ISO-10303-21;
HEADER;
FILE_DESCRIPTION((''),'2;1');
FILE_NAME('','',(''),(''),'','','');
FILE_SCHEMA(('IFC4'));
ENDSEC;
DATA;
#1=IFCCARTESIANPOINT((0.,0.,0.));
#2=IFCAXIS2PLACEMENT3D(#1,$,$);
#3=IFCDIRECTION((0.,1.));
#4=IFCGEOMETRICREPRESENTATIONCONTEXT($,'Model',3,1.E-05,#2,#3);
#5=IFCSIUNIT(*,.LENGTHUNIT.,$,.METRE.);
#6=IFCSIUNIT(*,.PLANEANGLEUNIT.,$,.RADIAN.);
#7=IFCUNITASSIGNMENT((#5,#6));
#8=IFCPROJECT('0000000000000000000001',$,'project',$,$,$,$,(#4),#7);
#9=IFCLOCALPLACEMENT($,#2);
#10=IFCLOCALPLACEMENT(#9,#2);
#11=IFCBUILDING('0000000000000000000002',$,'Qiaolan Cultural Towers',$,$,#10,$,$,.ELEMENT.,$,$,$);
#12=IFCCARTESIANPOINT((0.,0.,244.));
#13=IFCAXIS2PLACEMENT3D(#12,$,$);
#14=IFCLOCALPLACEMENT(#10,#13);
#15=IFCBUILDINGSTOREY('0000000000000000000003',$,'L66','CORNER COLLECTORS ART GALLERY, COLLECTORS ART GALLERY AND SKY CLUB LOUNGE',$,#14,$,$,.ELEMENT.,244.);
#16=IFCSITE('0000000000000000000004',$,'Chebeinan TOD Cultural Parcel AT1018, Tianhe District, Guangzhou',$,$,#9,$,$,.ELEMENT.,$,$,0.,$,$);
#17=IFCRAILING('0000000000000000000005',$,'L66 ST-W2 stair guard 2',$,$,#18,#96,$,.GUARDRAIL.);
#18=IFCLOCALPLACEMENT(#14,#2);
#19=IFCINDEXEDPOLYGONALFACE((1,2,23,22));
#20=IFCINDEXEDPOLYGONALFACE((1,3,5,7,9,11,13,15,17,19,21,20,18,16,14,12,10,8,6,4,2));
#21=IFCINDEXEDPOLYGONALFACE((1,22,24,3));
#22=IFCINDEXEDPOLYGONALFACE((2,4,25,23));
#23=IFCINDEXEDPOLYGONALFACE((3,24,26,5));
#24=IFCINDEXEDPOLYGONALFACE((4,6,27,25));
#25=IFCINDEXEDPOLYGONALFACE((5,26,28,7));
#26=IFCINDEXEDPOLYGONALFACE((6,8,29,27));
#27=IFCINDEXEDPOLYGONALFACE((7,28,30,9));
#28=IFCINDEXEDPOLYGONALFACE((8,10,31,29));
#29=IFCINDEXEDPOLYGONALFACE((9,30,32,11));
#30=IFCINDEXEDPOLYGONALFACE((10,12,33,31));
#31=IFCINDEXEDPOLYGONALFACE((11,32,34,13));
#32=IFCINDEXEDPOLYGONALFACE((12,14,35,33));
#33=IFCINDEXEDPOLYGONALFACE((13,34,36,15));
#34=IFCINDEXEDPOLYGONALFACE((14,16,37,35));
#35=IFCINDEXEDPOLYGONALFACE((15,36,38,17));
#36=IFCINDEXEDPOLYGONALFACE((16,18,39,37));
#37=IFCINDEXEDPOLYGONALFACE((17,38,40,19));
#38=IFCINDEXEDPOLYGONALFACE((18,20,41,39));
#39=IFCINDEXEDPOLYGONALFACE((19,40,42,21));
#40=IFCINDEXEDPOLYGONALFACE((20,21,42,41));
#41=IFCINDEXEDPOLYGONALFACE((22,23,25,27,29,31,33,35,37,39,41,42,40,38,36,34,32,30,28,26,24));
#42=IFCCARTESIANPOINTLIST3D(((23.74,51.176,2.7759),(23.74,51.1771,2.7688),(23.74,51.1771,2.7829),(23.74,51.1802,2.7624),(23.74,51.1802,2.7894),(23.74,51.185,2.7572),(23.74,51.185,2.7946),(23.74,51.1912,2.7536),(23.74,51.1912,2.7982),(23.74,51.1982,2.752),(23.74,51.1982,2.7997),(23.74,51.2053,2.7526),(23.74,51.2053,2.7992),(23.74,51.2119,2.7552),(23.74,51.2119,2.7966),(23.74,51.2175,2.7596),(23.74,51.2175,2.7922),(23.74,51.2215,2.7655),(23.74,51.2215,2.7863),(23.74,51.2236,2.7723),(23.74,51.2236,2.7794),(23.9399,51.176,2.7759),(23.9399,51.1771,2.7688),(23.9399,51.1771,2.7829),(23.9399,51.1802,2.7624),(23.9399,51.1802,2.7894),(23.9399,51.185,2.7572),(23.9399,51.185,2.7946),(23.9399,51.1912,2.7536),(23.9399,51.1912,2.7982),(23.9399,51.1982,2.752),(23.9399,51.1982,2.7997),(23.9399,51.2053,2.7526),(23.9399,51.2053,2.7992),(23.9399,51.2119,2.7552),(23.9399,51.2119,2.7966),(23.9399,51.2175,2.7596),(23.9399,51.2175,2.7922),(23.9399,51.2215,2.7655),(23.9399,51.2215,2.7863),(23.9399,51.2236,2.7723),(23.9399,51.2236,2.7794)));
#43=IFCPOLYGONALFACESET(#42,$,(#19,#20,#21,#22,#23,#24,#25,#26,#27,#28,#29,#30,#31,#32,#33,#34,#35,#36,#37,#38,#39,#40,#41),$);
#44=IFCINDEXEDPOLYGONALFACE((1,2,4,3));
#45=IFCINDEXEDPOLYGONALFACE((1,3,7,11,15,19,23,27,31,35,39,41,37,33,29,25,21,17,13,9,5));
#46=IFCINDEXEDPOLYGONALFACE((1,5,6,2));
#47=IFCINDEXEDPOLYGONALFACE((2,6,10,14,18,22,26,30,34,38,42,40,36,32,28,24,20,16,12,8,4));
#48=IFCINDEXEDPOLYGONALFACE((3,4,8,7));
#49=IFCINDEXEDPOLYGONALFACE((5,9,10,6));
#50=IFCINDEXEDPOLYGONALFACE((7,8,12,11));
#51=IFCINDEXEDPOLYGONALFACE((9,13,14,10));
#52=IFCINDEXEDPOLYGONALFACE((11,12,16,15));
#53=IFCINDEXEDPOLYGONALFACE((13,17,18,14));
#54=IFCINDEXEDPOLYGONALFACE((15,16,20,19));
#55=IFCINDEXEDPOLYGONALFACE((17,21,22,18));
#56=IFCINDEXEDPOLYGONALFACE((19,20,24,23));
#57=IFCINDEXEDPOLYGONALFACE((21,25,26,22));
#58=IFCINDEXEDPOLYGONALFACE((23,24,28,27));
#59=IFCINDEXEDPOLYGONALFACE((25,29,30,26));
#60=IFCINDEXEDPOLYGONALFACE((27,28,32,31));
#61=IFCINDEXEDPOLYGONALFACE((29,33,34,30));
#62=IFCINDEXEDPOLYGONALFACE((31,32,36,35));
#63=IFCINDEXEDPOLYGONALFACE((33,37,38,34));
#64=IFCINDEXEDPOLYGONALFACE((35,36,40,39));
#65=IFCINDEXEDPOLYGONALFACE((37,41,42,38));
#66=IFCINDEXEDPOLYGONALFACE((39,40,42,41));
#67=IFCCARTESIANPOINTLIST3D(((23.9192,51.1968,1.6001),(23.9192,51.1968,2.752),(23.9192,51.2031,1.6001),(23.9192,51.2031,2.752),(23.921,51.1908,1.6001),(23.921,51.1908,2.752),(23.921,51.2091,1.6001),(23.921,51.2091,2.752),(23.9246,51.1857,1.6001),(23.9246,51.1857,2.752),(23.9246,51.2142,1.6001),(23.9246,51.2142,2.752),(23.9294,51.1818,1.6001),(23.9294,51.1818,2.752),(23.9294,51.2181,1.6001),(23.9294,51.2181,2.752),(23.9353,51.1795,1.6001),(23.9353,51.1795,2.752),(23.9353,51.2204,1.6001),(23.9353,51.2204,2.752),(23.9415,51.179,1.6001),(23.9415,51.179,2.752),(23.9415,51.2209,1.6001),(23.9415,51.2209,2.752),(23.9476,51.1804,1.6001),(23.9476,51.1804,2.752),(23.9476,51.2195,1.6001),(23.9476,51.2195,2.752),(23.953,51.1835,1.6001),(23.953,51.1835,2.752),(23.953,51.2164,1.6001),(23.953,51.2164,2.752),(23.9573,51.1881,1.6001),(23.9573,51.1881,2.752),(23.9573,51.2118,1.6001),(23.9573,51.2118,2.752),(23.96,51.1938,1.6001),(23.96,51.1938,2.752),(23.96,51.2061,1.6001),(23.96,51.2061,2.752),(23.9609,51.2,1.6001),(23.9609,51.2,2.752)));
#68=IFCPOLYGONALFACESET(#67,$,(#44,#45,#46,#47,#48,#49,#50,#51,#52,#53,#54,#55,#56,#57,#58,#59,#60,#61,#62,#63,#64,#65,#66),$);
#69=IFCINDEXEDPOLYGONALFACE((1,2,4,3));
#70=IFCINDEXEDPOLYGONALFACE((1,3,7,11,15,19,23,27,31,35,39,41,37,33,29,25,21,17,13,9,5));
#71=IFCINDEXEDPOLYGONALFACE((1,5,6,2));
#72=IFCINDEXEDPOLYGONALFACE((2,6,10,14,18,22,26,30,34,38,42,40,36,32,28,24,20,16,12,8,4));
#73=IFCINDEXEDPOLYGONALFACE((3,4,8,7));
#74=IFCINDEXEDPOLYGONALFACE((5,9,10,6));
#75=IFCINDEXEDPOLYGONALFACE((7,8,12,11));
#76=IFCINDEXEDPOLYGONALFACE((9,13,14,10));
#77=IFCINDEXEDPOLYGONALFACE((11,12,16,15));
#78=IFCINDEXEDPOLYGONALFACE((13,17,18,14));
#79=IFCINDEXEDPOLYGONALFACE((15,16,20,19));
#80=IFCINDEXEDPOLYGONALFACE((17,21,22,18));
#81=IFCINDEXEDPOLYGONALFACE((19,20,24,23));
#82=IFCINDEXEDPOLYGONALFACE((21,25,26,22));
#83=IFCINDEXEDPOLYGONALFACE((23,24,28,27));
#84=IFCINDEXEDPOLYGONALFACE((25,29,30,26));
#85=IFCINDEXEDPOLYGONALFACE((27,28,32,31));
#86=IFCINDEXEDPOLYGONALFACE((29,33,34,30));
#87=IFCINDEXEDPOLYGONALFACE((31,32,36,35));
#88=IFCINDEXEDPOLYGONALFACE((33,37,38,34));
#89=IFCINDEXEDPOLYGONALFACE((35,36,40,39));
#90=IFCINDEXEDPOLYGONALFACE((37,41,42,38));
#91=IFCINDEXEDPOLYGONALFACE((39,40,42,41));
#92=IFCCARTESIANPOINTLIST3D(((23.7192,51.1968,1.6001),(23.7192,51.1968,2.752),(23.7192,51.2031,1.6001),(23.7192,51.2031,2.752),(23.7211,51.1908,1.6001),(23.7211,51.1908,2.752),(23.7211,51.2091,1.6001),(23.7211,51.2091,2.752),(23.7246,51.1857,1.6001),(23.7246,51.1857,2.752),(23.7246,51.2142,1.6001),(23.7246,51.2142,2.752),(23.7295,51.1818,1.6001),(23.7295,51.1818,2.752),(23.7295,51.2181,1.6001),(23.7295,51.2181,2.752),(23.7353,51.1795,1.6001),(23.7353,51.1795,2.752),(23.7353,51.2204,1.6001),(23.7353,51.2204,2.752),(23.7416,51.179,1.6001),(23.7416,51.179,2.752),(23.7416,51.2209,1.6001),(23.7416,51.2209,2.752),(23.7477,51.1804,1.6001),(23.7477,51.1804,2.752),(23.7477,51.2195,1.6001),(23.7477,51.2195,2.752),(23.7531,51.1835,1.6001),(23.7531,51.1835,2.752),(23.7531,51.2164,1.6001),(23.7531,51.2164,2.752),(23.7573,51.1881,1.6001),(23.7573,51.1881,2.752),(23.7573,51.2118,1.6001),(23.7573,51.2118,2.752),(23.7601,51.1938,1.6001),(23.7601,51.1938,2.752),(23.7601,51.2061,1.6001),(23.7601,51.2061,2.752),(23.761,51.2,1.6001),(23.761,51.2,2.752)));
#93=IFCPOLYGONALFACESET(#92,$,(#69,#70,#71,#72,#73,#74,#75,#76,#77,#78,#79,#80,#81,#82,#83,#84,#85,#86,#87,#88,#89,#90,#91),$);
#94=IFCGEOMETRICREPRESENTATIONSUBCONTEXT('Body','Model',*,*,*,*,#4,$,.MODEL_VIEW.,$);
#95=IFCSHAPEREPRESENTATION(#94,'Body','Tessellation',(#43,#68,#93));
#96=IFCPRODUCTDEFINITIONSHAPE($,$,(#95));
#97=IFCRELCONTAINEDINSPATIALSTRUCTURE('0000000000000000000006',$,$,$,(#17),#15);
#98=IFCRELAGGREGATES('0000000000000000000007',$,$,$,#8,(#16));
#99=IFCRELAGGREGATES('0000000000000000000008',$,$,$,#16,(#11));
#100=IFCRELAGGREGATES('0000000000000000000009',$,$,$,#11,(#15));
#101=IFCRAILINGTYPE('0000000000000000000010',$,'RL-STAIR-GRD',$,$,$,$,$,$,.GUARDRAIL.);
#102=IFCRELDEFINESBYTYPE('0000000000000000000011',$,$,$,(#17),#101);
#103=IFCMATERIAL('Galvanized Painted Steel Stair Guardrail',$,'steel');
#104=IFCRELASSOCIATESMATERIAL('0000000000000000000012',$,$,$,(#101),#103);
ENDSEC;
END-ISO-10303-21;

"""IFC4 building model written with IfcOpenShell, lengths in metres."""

from ifc_helpers import new_model, si_unit, direction, frame, origin, origin_2d, place, context, subcontext, project, spatial, circle, extrude, material, type_object, element, save


model = new_model("IFC4")

# Units and contexts
model_context = context("Model", 3, precision=1e-05, world=origin(), true_north=direction((0.0, 1.0)))
body_context = subcontext(model_context, "Body", "Model", "MODEL_VIEW")
ifc_project = project(units=[si_unit("LENGTHUNIT", "METRE"), si_unit("PLANEANGLEUNIT", "RADIAN")], contexts=[model_context])

# Site, building, storey
site_placement = place(None, origin())
site = spatial("IfcSite", under=ifc_project, at=site_placement, Name="Chebeinan TOD Cultural Parcel AT1018, Tianhe District, Guangzhou", CompositionType="ELEMENT", RefElevation=0.0)
building_placement = place(site_placement, origin())
building = spatial("IfcBuilding", under=site, at=building_placement, Name="Qiaolan Cultural Towers", CompositionType="ELEMENT")
storey_placement = place(building_placement, frame((0.0, 0.0, 244.0)))
storey = spatial("IfcBuildingStorey", under=building, at=storey_placement, Name="L66", Description="CORNER COLLECTORS ART GALLERY, COLLECTORS ART GALLERY AND SKY CLUB LOUNGE", CompositionType="ELEMENT", Elevation=244.0)

# Railing
ifc_material_1 = material(Name="Galvanized Painted Steel Stair Guardrail", Category="steel")
railing_type = type_object("IfcRailingType", Name="RL-STAIR-GRD", PredefinedType="GUARDRAIL", material=ifc_material_1)
railing_1_placement = place(storey_placement, frame((23.9399, 51.2, 1.6001)))
element("IfcRailing", 1, at=railing_1_placement, inside=storey, type_object=railing_type, Name="L66 ST-W2 stair guard 2", PredefinedType="GUARDRAIL", context=body_context, shape_type="SweptSolid", body=[
    extrude(circle(Radius=0.0239, at=origin_2d()), frame((0.0, 0.0, 1.1758), z_axis=(-1.0, 0.0, 0.0), x_axis=(0.0, -1.0, 0.0)), (0.0, 0.0, 1.0), 0.2),
    extrude(circle(Radius=0.021, at=origin_2d()), origin(), (0.0, 0.0, 1.0), 1.1519),
    extrude(circle(Radius=0.021, at=origin_2d()), frame((-0.2, 0.0, 0.0)), (0.0, 0.0, 1.0), 1.1519),
])

save(model, "model.ifc")
